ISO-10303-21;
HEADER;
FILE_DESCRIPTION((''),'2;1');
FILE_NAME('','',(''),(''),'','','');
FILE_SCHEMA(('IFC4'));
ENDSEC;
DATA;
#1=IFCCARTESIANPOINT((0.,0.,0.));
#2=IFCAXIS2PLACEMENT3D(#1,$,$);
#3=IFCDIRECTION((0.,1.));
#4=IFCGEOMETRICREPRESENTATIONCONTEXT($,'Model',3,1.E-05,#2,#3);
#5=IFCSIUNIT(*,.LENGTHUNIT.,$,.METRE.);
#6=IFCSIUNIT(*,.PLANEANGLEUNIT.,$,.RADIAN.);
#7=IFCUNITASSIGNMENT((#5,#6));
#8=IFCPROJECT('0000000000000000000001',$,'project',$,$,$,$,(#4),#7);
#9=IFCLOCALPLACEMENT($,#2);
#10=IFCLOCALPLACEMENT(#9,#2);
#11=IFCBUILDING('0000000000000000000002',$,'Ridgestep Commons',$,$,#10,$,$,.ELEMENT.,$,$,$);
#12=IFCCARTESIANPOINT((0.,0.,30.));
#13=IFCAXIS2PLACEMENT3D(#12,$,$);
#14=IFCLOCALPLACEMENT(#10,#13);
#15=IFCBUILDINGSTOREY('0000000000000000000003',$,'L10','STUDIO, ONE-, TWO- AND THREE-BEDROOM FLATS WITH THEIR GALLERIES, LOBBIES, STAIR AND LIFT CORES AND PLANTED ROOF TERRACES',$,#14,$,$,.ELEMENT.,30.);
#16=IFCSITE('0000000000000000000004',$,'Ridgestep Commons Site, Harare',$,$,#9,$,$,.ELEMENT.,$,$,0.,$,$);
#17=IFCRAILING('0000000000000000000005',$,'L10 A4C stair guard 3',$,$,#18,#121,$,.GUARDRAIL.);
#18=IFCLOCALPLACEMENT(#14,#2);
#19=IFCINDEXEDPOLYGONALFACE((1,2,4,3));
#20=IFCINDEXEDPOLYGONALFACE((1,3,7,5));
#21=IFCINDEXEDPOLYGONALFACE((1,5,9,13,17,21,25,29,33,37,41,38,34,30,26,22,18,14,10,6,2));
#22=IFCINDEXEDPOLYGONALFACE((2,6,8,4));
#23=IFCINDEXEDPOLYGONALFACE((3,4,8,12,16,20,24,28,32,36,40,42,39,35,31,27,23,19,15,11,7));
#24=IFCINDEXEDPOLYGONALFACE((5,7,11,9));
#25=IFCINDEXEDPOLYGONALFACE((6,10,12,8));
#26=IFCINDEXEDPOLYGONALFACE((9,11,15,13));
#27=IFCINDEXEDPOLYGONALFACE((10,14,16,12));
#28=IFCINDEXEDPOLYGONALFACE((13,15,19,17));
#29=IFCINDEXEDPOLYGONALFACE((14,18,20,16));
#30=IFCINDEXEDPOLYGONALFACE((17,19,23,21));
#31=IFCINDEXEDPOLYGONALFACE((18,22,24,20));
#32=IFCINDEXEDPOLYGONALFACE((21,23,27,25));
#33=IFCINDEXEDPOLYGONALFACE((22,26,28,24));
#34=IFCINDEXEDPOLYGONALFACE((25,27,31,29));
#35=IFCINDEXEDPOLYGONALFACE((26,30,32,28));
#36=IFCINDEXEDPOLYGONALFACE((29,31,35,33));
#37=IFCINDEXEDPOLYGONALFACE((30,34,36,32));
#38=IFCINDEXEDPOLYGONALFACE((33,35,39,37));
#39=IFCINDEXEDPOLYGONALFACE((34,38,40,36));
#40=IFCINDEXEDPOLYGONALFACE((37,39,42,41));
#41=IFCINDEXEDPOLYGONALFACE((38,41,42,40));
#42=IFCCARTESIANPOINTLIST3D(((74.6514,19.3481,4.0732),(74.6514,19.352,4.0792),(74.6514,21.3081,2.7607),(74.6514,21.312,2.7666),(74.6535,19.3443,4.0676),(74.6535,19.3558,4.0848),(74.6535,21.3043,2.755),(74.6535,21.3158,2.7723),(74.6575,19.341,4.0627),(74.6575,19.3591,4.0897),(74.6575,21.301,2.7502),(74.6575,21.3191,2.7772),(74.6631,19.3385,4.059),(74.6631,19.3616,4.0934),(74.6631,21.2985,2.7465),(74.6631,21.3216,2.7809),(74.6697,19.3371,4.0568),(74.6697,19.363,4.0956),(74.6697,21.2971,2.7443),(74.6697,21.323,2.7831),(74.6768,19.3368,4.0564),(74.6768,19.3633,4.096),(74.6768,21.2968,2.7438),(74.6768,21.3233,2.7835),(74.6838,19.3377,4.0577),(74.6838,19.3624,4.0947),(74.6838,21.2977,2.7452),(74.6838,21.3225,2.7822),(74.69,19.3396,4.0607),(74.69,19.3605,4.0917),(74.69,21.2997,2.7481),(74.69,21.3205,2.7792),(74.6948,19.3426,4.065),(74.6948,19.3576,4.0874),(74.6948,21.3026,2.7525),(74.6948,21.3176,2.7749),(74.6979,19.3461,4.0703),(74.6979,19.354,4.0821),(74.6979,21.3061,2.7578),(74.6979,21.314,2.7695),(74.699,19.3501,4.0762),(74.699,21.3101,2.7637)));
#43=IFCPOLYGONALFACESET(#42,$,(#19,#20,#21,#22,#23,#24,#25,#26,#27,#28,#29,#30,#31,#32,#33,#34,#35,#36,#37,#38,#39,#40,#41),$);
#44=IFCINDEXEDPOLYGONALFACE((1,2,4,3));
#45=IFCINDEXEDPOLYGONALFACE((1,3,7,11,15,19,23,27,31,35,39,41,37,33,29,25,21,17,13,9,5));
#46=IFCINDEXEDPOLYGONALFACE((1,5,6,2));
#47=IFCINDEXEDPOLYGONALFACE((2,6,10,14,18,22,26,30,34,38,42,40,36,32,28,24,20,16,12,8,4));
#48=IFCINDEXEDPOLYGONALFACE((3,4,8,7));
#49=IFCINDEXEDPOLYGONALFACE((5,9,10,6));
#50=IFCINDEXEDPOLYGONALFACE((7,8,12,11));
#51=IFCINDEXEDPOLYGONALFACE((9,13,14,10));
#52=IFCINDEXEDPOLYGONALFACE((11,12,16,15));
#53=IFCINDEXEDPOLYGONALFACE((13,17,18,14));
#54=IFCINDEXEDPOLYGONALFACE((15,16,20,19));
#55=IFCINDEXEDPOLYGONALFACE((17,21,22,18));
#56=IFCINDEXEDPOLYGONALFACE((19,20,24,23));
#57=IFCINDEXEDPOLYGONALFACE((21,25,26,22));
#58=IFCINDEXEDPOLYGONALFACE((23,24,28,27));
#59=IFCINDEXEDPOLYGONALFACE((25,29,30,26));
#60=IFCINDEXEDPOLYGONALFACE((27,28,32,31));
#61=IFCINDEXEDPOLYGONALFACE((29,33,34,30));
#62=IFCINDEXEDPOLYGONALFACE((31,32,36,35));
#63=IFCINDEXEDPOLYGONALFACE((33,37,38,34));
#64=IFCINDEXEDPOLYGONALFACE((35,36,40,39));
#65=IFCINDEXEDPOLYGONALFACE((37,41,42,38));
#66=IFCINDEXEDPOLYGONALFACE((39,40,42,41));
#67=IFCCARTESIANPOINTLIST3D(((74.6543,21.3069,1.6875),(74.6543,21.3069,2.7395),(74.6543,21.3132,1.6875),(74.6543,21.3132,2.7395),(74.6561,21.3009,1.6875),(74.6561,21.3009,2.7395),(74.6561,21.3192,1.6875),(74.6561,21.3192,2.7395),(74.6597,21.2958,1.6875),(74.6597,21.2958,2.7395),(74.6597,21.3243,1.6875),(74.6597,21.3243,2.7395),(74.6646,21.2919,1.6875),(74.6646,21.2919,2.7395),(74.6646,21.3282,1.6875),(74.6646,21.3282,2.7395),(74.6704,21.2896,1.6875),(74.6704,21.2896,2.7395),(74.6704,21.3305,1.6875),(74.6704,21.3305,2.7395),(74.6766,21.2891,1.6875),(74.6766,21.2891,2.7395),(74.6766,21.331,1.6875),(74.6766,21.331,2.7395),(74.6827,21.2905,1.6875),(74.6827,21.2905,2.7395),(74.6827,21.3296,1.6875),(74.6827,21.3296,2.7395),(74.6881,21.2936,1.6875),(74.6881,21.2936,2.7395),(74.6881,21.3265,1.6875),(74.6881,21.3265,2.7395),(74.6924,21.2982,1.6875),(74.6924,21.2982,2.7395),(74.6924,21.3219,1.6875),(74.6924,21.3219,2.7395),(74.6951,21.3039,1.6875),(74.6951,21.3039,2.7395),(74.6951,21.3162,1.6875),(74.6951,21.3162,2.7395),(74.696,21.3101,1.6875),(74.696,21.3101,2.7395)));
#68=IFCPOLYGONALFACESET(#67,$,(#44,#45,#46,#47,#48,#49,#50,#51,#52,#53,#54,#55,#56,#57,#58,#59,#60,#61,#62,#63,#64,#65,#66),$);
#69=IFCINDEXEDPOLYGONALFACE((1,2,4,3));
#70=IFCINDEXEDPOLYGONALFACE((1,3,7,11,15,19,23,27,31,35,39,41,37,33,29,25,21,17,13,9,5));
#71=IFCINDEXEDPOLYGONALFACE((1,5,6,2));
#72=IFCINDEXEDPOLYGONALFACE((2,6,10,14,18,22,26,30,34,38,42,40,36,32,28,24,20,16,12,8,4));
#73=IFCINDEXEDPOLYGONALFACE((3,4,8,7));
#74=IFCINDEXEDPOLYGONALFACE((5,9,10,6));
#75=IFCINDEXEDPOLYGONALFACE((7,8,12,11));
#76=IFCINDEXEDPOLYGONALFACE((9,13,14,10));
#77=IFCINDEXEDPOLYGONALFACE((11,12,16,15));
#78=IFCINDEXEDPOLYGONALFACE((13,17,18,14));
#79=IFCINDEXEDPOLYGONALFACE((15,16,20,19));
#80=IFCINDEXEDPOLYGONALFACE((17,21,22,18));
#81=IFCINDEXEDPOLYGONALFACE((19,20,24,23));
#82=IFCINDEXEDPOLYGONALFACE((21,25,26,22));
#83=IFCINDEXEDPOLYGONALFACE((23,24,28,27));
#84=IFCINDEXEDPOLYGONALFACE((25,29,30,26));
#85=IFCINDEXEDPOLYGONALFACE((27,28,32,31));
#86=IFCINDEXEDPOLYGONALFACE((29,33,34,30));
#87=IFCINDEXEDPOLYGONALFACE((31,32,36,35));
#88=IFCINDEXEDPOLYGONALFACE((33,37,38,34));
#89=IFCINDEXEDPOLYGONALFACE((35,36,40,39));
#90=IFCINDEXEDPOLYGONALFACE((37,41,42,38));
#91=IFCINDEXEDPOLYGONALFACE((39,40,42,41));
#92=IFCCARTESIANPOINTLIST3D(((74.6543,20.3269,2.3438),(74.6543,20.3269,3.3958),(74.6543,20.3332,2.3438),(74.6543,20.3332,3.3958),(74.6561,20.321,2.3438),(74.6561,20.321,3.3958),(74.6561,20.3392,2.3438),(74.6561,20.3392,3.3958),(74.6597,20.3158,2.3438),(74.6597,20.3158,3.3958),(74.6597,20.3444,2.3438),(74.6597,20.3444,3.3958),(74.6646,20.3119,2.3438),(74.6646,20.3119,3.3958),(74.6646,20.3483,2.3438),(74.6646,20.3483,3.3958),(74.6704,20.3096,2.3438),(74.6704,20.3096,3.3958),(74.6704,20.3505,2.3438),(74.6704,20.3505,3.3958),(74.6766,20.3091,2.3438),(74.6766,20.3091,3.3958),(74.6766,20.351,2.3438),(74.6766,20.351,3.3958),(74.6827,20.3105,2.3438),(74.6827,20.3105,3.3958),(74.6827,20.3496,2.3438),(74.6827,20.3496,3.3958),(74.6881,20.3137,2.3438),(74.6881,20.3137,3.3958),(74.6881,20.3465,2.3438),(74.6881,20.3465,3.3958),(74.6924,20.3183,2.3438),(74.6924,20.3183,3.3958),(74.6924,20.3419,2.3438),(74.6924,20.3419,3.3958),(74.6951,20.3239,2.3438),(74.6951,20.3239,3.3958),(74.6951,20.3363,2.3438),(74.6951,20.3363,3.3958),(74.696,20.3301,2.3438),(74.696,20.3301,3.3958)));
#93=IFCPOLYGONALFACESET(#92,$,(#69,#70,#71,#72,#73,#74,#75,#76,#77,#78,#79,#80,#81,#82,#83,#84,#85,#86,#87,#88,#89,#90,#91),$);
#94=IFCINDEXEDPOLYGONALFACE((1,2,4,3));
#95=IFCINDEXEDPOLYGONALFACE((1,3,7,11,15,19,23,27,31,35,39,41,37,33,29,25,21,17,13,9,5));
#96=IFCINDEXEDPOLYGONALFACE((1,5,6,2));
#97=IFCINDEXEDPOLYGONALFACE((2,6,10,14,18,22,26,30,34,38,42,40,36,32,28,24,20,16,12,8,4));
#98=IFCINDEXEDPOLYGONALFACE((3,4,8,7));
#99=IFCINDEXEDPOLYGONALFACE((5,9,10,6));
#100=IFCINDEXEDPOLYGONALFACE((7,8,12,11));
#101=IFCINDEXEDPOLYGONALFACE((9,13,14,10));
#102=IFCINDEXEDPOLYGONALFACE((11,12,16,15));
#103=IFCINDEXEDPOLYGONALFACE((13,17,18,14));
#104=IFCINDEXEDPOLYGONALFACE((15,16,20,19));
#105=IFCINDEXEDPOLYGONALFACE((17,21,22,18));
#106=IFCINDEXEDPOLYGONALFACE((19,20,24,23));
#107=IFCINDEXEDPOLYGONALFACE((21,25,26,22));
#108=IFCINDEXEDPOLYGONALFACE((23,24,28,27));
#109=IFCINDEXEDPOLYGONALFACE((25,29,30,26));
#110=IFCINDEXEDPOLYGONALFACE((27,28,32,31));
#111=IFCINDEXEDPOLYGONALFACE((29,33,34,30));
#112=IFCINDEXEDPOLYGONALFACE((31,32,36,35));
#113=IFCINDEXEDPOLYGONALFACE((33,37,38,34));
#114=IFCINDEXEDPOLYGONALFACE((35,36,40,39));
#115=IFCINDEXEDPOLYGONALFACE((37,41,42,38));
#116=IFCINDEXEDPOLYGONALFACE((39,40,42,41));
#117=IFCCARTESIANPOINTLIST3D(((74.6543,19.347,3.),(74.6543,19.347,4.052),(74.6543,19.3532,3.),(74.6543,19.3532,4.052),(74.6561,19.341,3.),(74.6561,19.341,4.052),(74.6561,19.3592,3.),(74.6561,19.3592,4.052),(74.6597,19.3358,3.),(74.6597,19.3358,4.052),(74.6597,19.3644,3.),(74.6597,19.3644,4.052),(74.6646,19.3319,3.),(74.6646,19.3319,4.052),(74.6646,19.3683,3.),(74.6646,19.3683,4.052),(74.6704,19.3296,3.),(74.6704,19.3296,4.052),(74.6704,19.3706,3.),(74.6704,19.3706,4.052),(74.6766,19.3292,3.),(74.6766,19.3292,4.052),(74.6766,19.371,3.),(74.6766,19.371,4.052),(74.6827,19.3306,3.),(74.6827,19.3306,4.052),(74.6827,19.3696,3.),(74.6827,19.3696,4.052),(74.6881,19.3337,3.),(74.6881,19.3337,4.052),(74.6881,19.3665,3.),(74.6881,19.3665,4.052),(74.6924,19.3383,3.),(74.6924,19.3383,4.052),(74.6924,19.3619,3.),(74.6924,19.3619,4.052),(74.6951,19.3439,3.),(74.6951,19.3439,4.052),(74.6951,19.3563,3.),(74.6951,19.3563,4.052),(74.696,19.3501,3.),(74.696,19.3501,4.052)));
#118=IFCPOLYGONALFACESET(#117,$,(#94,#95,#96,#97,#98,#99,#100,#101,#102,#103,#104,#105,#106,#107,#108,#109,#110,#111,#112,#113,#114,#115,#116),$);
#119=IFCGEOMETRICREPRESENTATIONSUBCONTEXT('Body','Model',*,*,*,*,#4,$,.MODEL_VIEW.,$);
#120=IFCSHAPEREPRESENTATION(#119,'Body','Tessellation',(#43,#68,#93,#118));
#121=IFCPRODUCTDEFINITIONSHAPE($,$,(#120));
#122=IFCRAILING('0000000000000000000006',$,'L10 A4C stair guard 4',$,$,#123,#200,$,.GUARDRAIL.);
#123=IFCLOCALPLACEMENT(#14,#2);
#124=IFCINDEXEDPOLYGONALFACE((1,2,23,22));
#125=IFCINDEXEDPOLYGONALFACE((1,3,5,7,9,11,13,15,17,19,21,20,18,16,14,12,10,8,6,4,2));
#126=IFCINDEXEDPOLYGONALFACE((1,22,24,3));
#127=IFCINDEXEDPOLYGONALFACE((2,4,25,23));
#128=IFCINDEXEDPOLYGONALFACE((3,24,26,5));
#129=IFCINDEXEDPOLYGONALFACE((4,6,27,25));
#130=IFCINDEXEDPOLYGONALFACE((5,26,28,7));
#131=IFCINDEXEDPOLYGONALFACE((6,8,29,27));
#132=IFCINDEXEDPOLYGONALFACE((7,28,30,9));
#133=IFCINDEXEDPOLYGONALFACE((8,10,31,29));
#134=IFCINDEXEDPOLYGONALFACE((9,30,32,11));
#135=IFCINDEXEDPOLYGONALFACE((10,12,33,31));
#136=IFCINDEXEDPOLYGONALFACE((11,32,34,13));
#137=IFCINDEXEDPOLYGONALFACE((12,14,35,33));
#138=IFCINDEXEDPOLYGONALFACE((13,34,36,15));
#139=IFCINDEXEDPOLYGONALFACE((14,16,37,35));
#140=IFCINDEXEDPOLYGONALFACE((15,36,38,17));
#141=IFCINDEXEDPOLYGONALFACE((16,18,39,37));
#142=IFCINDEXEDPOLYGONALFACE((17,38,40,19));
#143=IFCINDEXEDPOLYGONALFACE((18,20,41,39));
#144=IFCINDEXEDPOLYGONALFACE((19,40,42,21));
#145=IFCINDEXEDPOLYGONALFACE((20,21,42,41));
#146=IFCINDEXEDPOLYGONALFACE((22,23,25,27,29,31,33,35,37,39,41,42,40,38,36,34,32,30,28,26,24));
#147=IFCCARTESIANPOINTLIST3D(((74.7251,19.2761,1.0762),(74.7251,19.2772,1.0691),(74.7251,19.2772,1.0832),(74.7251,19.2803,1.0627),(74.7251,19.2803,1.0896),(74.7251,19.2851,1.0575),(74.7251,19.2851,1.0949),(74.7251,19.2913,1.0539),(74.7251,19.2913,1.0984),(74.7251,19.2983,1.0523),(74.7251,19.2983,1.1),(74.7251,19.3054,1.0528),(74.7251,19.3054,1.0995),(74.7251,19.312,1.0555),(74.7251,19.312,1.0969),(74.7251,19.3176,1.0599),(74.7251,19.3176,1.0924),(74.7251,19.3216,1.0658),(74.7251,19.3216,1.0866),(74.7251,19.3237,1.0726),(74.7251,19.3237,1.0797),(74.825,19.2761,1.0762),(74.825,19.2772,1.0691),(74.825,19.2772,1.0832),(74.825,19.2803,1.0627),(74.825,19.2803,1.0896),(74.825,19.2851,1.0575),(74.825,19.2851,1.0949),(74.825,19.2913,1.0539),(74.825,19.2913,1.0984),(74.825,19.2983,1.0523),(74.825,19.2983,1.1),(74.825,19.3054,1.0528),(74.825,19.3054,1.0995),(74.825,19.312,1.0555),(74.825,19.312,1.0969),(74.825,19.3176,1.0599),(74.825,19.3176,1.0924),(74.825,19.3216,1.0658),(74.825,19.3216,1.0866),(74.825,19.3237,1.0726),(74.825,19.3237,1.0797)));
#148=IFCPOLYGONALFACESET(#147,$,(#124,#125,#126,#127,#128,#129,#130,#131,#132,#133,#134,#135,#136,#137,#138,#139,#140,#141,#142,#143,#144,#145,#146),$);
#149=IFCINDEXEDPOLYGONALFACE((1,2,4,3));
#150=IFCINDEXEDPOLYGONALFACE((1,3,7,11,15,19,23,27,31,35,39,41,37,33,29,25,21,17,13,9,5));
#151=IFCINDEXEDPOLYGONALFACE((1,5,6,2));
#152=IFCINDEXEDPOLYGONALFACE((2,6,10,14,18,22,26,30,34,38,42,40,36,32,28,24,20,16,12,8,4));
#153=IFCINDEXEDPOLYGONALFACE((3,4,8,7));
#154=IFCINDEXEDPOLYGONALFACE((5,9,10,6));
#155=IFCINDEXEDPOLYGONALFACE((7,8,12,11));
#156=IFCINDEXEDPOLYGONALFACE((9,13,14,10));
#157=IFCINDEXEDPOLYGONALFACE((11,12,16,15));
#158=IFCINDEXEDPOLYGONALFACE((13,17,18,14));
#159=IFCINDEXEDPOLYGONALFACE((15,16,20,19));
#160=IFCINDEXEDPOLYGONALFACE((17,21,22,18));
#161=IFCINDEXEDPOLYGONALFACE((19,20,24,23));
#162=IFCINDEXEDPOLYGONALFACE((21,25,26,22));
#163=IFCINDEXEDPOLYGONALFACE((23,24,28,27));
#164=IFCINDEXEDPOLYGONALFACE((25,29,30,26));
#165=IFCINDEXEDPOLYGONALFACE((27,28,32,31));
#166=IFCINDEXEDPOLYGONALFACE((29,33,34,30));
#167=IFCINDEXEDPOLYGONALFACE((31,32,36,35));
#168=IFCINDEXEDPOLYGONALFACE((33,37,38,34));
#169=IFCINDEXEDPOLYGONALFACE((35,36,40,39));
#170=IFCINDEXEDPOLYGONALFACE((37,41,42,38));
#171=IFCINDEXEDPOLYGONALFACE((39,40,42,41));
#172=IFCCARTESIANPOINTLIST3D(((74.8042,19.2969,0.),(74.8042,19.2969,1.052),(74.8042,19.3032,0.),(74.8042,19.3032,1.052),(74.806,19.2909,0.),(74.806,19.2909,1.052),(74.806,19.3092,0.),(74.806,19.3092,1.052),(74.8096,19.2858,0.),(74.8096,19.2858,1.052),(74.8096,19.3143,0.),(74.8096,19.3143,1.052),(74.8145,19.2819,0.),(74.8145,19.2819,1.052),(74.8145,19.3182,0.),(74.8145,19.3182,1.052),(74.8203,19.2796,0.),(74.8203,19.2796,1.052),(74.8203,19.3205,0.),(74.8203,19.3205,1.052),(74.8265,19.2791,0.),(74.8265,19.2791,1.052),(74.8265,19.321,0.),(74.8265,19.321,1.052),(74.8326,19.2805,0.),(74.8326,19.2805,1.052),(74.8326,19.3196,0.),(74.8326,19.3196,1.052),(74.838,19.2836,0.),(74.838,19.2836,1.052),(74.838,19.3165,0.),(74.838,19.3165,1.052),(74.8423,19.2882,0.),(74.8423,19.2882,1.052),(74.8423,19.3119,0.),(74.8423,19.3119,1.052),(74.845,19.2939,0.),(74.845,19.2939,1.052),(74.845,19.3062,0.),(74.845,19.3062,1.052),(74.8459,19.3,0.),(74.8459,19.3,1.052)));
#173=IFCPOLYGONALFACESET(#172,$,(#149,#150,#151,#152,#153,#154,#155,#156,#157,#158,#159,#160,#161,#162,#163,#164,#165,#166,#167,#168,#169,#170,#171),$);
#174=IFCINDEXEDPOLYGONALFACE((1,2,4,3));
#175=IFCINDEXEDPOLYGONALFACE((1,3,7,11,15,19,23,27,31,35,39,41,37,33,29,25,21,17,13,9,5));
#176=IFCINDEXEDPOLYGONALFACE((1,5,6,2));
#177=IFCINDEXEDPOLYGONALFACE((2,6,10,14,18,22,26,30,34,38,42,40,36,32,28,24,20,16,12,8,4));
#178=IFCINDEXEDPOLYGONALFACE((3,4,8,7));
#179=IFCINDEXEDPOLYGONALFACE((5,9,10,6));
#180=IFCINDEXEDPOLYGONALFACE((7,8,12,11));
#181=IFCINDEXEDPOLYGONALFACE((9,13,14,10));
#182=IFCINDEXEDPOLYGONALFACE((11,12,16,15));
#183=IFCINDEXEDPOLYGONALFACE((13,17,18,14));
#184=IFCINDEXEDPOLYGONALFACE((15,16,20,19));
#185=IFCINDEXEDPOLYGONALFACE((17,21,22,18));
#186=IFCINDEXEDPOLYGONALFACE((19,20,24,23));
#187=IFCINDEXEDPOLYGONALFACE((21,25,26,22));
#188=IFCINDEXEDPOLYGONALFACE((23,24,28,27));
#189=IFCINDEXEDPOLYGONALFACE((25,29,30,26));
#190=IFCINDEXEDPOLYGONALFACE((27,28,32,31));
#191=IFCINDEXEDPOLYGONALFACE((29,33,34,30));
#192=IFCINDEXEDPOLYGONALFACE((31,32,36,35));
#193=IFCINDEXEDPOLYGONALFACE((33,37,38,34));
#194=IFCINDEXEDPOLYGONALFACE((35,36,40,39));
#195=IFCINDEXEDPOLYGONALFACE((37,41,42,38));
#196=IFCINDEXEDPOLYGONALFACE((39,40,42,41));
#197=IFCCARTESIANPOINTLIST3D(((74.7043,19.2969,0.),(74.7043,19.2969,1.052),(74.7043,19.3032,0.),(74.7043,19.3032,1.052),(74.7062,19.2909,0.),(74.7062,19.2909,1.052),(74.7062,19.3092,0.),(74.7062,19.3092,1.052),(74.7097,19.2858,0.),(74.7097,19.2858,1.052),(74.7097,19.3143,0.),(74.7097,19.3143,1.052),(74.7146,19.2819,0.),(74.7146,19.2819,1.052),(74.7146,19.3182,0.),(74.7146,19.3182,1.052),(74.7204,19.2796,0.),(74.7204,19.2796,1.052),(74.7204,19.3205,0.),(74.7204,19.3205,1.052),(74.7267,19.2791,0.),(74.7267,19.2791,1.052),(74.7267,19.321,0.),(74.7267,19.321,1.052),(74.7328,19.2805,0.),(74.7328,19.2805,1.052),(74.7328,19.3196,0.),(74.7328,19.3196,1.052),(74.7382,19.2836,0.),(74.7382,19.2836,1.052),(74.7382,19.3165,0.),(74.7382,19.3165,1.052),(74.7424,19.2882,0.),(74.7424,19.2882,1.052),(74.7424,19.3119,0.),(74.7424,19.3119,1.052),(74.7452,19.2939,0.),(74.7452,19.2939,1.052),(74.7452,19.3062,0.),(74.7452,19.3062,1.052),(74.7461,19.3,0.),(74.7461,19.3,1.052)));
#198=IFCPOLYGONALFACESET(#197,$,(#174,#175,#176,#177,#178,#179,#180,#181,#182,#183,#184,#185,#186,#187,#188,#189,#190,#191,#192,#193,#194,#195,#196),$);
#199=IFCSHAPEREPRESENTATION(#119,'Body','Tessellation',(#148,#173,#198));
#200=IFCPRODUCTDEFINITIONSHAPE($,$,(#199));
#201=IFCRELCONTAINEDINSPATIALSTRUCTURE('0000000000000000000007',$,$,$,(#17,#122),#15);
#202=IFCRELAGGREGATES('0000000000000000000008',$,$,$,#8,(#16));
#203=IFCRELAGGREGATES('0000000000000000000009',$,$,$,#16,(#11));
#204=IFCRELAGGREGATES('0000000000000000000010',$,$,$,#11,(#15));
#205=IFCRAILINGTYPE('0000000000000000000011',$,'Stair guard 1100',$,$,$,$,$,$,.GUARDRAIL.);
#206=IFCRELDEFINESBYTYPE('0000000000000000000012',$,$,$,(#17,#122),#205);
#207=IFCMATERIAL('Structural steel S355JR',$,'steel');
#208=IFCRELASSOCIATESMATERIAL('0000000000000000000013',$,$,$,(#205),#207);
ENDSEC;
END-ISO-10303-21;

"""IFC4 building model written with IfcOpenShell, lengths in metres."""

from ifc_helpers import new_model, si_unit, direction, frame, origin, origin_2d, place, context, subcontext, project, spatial, circle, extrude, material, type_object, element, save


model = new_model("IFC4")

# Units and contexts
model_context = context("Model", 3, precision=1e-05, world=origin(), true_north=direction((0.0, 1.0)))
body_context = subcontext(model_context, "Body", "Model", "MODEL_VIEW")
ifc_project = project(units=[si_unit("LENGTHUNIT", "METRE"), si_unit("PLANEANGLEUNIT", "RADIAN")], contexts=[model_context])

# Site, building, storey
site_placement = place(None, origin())
site = spatial("IfcSite", under=ifc_project, at=site_placement, Name="Ridgestep Commons Site, Harare", CompositionType="ELEMENT", RefElevation=0.0)
building_placement = place(site_placement, origin())
building = spatial("IfcBuilding", under=site, at=building_placement, Name="Ridgestep Commons", CompositionType="ELEMENT")
storey_placement = place(building_placement, frame((0.0, 0.0, 30.0)))
storey = spatial("IfcBuildingStorey", under=building, at=storey_placement, Name="L10", Description="STUDIO, ONE-, TWO- AND THREE-BEDROOM FLATS WITH THEIR GALLERIES, LOBBIES, STAIR AND LIFT CORES AND PLANTED ROOF TERRACES", CompositionType="ELEMENT", Elevation=30.0)

# Railings
ifc_material_1 = material(Name="Structural steel S355JR", Category="steel")
railing_type_1 = type_object("IfcRailingType", Name="Stair guard 1100", PredefinedType="GUARDRAIL", material=ifc_material_1)
railing_1_placement = place(storey_placement, frame((74.675, 21.3101, 1.6875)))
element("IfcRailing", 1, at=railing_1_placement, inside=storey, type_object=railing_type_1, Name="L10 A4C stair guard 3", PredefinedType="GUARDRAIL", context=body_context, shape_type="SweptSolid", body=[
    extrude(circle(Radius=0.0239, at=origin_2d()), frame((0.0, 0.0, 1.0762), z_axis=(0.0, -0.830902, 0.556419), x_axis=(1.0, 0.0, 0.0)), (0.0, 0.0, 1.0), 2.3589),
    extrude(circle(Radius=0.021, at=origin_2d()), origin(), (0.0, 0.0, 1.0), 1.052),
    extrude(circle(Radius=0.021, at=origin_2d()), frame((0.0, -0.98, 0.6562)), (0.0, 0.0, 1.0), 1.052),
    extrude(circle(Radius=0.021, at=origin_2d()), frame((0.0, -1.96, 1.3125)), (0.0, 0.0, 1.0), 1.052),
])
railing_2_placement = place(storey_placement, frame((74.825, 19.3, 0.0)))
element("IfcRailing", 2, at=railing_2_placement, inside=storey, type_object=railing_type_1, Name="L10 A4C stair guard 4", PredefinedType="GUARDRAIL", context=body_context, shape_type="SweptSolid", body=[
    extrude(circle(Radius=0.0239, at=origin_2d()), frame((0.0, 0.0, 1.0762), z_axis=(-1.0, 0.0, 0.0), x_axis=(0.0, -1.0, 0.0)), (0.0, 0.0, 1.0), 0.0999),
    extrude(circle(Radius=0.021, at=origin_2d()), origin(), (0.0, 0.0, 1.0), 1.052),
    extrude(circle(Radius=0.021, at=origin_2d()), frame((-0.0999, 0.0, 0.0)), (0.0, 0.0, 1.0), 1.052),
])

save(model, "model.ifc")
